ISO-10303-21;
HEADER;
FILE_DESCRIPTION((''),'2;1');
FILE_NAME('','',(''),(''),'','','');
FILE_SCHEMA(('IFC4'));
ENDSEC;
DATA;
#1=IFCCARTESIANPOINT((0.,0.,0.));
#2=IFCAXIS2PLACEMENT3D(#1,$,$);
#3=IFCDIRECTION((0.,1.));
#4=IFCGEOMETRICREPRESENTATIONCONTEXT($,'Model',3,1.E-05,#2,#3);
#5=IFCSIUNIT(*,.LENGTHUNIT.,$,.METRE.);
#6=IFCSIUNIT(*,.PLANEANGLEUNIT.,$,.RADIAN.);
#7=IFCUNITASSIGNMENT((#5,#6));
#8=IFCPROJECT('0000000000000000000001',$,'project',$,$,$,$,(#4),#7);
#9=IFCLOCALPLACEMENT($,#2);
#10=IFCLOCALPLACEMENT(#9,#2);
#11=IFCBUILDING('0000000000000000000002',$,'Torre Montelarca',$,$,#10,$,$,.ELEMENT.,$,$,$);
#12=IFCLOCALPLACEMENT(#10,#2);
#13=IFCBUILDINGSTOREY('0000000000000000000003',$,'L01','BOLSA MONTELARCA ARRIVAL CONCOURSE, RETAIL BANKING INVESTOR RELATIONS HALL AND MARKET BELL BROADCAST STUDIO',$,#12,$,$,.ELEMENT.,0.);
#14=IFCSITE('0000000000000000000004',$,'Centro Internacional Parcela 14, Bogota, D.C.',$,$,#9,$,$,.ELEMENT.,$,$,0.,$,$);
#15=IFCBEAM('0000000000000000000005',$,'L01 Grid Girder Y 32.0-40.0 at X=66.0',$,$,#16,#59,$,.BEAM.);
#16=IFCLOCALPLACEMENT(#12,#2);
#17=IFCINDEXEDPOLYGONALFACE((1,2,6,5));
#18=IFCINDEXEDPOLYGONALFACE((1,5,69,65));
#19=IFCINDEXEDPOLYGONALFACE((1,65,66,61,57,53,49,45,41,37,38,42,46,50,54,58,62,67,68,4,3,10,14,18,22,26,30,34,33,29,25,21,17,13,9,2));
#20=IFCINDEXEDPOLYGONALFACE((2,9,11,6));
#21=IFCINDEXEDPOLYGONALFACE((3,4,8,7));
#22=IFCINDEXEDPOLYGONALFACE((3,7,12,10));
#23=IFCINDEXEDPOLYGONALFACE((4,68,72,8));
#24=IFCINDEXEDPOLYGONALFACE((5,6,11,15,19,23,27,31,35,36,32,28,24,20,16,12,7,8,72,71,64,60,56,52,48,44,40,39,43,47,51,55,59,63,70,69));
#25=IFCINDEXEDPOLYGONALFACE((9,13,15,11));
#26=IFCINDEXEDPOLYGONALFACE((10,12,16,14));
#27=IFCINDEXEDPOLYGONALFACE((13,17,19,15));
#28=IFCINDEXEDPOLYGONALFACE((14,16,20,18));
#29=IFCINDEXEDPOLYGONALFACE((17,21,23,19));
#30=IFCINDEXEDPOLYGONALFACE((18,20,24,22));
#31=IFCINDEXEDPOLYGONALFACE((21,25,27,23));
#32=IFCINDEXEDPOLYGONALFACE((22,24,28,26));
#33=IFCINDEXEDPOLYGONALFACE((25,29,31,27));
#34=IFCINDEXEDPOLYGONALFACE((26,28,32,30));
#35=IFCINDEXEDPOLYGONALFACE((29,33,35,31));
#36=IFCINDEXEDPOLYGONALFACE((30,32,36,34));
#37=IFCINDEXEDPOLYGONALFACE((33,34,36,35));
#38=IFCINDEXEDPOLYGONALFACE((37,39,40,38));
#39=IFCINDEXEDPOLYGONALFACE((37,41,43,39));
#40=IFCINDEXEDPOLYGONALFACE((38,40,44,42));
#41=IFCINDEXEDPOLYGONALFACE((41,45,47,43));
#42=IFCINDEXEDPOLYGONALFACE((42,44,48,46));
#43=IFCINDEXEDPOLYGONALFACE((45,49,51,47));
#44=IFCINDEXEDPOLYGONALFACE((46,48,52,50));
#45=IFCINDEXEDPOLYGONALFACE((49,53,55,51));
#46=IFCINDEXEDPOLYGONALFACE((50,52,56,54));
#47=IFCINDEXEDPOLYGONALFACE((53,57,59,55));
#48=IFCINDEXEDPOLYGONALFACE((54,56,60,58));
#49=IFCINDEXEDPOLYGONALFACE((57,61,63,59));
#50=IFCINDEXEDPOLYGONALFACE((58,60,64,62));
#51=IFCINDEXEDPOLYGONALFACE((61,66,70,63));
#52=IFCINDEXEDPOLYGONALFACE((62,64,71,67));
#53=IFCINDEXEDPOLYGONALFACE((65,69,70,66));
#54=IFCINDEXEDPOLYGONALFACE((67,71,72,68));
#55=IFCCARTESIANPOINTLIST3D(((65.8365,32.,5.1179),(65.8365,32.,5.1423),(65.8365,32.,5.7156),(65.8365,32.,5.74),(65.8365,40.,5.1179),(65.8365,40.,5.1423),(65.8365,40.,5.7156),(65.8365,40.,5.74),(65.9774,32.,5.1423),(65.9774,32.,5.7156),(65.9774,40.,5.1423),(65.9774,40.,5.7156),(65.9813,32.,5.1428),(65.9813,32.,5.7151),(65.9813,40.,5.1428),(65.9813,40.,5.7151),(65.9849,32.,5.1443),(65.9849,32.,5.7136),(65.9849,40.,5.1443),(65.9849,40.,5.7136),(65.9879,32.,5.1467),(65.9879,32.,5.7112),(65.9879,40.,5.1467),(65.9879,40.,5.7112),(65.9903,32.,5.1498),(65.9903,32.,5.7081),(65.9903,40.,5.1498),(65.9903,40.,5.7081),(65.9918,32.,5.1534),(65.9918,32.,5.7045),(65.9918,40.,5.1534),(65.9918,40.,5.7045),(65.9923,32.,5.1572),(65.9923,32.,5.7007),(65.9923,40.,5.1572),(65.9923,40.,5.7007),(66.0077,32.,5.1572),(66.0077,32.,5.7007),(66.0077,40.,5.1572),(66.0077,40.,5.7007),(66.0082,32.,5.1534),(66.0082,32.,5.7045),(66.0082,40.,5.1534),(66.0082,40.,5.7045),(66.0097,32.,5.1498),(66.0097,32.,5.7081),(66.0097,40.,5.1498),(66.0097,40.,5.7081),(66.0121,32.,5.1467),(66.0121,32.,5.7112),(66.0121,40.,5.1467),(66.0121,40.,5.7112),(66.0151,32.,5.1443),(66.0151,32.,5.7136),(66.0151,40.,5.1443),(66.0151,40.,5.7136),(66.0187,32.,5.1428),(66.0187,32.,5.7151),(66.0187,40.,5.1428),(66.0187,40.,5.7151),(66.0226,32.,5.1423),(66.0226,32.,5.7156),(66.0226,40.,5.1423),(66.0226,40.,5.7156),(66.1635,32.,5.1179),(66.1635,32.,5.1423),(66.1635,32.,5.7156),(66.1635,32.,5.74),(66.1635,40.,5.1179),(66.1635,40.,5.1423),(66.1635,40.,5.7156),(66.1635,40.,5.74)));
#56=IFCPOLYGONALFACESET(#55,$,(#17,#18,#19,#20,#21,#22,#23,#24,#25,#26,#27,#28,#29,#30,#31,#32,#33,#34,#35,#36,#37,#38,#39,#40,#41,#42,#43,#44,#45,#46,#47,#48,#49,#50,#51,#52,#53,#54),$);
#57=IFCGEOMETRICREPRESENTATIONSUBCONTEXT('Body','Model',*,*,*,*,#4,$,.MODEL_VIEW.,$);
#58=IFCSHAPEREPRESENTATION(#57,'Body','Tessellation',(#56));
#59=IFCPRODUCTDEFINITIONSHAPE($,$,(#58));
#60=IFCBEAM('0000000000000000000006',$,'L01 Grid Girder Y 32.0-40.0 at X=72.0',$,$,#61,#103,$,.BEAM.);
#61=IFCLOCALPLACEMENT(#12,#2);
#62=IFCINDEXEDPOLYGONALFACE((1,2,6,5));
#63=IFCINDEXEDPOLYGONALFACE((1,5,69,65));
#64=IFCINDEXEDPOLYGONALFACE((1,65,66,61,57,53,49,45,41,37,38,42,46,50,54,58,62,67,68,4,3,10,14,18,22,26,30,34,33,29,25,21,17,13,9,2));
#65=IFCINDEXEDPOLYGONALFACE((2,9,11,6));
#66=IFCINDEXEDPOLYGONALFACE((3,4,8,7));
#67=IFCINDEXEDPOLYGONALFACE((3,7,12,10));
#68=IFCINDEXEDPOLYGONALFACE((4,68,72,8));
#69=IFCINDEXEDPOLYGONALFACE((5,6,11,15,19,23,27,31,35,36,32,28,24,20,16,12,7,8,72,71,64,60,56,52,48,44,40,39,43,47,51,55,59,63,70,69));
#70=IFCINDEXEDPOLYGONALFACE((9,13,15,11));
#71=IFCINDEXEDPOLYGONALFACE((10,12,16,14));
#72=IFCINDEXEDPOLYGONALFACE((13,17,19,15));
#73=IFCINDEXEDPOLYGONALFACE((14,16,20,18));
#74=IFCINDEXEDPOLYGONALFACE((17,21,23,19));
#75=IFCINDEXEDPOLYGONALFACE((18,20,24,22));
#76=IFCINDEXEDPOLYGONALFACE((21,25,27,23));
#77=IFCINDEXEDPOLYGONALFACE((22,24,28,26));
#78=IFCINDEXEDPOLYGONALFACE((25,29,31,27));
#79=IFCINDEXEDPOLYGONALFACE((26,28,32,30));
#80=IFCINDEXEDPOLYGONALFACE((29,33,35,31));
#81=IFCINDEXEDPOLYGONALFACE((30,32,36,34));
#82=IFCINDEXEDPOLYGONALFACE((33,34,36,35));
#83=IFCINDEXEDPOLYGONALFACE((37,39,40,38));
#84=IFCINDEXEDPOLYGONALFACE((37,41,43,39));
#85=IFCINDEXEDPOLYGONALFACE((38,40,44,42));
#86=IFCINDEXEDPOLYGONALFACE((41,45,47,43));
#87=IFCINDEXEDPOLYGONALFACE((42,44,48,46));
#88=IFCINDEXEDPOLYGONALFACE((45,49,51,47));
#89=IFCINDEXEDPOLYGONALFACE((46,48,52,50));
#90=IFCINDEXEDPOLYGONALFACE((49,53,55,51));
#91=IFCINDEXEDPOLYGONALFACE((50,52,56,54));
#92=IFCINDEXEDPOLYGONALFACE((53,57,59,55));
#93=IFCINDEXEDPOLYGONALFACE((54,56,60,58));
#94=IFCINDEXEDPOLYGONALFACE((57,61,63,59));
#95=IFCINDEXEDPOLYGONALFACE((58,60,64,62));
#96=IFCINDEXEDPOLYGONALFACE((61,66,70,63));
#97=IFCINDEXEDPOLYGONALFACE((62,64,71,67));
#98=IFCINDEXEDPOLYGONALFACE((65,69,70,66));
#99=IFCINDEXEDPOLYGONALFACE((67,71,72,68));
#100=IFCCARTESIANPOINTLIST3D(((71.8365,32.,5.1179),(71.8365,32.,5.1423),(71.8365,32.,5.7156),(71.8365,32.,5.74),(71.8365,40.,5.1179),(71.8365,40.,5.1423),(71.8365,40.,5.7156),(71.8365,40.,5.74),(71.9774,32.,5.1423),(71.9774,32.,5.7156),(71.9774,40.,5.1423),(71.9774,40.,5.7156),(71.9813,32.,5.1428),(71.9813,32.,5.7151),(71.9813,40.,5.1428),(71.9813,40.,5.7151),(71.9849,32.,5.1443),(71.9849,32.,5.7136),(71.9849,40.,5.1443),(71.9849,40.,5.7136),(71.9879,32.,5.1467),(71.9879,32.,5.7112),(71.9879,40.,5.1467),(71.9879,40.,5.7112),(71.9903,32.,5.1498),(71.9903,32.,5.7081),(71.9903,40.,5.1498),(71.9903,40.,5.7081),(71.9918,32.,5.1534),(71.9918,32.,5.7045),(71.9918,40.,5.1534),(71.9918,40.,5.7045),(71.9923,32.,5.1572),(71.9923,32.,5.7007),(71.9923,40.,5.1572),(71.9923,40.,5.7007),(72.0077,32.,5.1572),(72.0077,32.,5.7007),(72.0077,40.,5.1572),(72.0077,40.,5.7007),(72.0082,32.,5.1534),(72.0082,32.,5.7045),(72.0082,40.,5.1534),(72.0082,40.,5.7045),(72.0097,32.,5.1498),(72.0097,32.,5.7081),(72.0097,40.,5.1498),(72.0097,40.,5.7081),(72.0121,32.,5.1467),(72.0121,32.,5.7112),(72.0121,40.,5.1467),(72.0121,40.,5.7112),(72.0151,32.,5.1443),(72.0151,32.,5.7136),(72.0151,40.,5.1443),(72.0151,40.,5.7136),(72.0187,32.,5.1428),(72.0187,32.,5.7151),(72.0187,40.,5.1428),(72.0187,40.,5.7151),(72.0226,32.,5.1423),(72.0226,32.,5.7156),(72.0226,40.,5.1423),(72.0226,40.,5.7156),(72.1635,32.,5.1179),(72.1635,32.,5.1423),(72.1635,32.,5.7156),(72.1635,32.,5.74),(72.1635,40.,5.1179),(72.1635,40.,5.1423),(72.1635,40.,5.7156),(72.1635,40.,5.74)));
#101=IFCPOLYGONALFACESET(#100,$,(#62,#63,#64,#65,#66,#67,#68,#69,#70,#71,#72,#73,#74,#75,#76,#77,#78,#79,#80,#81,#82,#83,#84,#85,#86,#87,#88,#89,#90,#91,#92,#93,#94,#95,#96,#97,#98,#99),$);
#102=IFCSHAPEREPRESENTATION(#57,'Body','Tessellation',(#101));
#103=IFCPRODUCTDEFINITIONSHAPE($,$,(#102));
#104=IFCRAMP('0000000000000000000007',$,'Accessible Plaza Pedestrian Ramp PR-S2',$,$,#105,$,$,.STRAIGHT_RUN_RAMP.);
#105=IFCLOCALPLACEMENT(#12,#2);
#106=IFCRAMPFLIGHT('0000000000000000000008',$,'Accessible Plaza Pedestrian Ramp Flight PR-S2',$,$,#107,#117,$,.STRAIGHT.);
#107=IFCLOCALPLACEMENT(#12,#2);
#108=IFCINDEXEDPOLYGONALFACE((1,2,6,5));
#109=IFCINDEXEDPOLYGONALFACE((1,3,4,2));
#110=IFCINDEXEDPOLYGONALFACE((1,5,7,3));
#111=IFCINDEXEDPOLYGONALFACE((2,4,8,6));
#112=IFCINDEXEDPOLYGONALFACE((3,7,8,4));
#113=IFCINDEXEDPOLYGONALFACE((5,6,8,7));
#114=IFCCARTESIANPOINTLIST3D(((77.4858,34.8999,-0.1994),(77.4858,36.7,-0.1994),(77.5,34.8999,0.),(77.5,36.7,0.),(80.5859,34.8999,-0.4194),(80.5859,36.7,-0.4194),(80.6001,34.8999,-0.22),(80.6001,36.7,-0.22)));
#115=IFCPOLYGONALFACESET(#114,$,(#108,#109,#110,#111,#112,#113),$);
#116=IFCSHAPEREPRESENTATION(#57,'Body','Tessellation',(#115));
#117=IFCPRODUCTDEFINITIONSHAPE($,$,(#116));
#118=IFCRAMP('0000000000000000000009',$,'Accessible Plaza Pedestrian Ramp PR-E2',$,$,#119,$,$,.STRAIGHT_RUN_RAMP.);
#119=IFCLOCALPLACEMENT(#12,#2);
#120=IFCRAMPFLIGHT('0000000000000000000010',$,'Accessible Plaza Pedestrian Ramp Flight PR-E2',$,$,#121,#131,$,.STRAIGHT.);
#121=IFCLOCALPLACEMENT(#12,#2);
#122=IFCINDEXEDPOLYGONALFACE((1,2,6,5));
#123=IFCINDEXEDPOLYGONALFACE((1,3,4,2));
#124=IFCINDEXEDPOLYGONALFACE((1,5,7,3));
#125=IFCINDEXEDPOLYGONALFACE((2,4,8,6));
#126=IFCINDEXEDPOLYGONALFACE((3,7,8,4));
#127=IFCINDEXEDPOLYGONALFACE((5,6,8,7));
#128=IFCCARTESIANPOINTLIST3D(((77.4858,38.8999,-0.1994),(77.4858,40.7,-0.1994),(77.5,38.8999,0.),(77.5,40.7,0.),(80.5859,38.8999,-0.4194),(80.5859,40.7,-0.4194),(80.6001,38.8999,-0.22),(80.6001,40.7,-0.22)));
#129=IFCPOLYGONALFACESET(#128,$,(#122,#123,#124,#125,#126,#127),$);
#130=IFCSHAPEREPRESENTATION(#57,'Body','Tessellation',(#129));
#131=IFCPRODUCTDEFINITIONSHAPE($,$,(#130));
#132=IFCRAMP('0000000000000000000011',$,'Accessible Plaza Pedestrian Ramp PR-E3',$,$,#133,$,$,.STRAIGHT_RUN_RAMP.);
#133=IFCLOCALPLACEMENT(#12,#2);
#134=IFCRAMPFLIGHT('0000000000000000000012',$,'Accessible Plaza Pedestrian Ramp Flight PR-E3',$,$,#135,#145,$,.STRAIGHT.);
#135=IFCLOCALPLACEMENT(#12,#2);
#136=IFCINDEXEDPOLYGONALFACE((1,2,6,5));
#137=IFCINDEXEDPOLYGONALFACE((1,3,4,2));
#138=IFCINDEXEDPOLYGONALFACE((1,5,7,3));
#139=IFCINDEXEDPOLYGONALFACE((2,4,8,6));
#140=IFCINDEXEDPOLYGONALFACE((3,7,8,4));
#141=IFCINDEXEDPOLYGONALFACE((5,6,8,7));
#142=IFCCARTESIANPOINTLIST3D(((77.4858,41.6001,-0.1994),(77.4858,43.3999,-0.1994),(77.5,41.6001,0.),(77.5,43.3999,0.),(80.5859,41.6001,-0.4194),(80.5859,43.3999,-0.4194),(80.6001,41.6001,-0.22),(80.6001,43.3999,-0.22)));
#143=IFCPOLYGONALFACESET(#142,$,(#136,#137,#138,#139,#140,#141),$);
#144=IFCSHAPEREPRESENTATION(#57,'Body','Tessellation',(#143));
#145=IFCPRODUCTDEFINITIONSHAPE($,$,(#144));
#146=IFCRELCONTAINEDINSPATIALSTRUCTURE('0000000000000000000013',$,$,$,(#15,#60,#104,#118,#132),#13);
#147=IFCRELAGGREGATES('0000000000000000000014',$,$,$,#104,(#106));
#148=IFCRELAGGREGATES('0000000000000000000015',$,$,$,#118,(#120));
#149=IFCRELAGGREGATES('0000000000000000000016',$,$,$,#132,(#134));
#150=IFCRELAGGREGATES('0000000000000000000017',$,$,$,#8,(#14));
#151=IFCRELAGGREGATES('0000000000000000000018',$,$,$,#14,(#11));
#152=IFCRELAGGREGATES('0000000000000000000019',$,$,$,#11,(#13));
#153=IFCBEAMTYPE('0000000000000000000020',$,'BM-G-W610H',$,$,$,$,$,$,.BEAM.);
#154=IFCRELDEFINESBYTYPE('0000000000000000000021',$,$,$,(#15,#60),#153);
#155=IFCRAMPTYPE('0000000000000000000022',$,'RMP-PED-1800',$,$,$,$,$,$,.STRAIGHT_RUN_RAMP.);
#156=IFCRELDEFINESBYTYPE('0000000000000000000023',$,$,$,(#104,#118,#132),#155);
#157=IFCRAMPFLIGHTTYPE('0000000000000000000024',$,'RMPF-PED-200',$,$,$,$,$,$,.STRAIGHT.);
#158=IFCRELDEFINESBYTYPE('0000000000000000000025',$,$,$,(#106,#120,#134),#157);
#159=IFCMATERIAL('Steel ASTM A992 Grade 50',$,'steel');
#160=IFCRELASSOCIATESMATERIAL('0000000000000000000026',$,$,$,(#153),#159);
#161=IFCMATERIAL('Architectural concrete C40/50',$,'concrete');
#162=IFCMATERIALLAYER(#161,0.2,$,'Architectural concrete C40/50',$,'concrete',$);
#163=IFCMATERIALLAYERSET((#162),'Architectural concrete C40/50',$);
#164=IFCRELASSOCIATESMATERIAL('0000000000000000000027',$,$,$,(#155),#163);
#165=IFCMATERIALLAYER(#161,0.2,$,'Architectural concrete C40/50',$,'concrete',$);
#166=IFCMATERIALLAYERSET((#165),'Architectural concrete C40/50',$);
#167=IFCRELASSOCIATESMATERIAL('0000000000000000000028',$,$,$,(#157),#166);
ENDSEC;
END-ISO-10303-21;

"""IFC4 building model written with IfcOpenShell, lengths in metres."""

from ifc_helpers import new_model, si_unit, direction, frame, origin, origin_2d, place, context, subcontext, project, spatial, polyline, i_section, outline, extrude, source, transform, mapped, material, layer, layer_set, material_profile, profile_set, type_object, element, aggregate, save


model = new_model("IFC4")

# Units and contexts
model_context = context("Model", 3, precision=1e-05, world=origin(), true_north=direction((0.0, 1.0)))
body_context = subcontext(model_context, "Body", "Model", "MODEL_VIEW")
ifc_project = project(units=[si_unit("LENGTHUNIT", "METRE"), si_unit("PLANEANGLEUNIT", "RADIAN")], contexts=[model_context])

# Site, building, storey
site_placement = place(None, origin())
site = spatial("IfcSite", under=ifc_project, at=site_placement, Name="Centro Internacional Parcela 14, Bogota, D.C.", CompositionType="ELEMENT", RefElevation=0.0)
building_placement = place(site_placement, origin())
building = spatial("IfcBuilding", under=site, at=building_placement, Name="Torre Montelarca", CompositionType="ELEMENT")
storey_placement = place(building_placement, origin())
storey = spatial("IfcBuildingStorey", under=building, at=storey_placement, Name="L01", Description="BOLSA MONTELARCA ARRIVAL CONCOURSE, RETAIL BANKING INVESTOR RELATIONS HALL AND MARKET BELL BROADCAST STUDIO", CompositionType="ELEMENT", Elevation=0.0)

# Shared definitions
ifc_material_1 = material(Name="Steel ASTM A992 Grade 50", Category="steel")

# Beams
ifc_material_profile_1 = material_profile(ifc_material_1, i_section(OverallWidth=0.3269, OverallDepth=0.6221, WebThickness=0.0154, FlangeThickness=0.0244, FilletRadius=0.0149, at=origin_2d()), Name="W610X195", Category="steel")
ifc_profile_set_1 = profile_set([ifc_material_profile_1], Name="Steel ASTM A992 Grade 50")
beam_type_1 = type_object("IfcBeamType", Name="BM-G-W610H", PredefinedType="BEAM", material=ifc_profile_set_1)
shared_shape_1 = source(origin(), body_context, "Body", "SweptSolid", [
    extrude(i_section(OverallWidth=0.3269, OverallDepth=0.6221, WebThickness=0.0154, FlangeThickness=0.0244, FilletRadius=0.0149, at=origin_2d()), origin(), (0.0, 0.0, 1.0), 8.0),
])
for number, where, z_axis, x_axis, name in (
    (1, (66.0, 32.0, 5.429), (0.0, 1.0, 0.0), (-1.0, 0.0, 0.0), "L01 Grid Girder Y 32.0-40.0 at X=66.0"),
    (2, (72.0, 32.0, 5.429), (0.0, 1.0, 0.0), (-1.0, 0.0, 0.0), "L01 Grid Girder Y 32.0-40.0 at X=72.0"),
):
    element("IfcBeam", number, at=place(storey_placement, frame(where, z_axis=z_axis, x_axis=x_axis)), inside=storey, type_object=beam_type_1, Name=name, PredefinedType="BEAM", context=body_context, shape_type="MappedRepresentation", body=[
        mapped(shared_shape_1, transform((0.0, 0.0, 0.0), scale=1.0)),
    ])

# Ramps, ramp flights
ifc_material_2 = material(Name="Architectural concrete C40/50", Category="concrete")
ifc_layer_1 = layer(ifc_material_2, 0.2, Name="Architectural concrete C40/50", Category="concrete")
ifc_layer_set_1 = layer_set([ifc_layer_1], Name="Architectural concrete C40/50")
ramp_type = type_object("IfcRampType", Name="RMP-PED-1800", PredefinedType="STRAIGHT_RUN_RAMP", material=ifc_layer_set_1)
ramp_1_placement = place(storey_placement, origin())
ramp_1 = element("IfcRamp", 3, at=ramp_1_placement, inside=storey, type_object=ramp_type, Name="Accessible Plaza Pedestrian Ramp PR-S2", PredefinedType="STRAIGHT_RUN_RAMP")
ifc_layer_2 = layer(ifc_material_2, 0.2, Name="Architectural concrete C40/50", Category="concrete")
ifc_layer_set_2 = layer_set([ifc_layer_2], Name="Architectural concrete C40/50")
ramp_flight_type = type_object("IfcRampFlightType", Name="RMPF-PED-200", PredefinedType="STRAIGHT", material=ifc_layer_set_2)
ramp_flight_1_placement = place(storey_placement, frame((80.6001, 34.8999, -0.22), z_axis=(0.070778, 0.0, 0.997492), x_axis=(-0.997492, 0.0, 0.070778)))
ramp_flight_1 = element("IfcRampFlight", 4, at=ramp_flight_1_placement, type_object=ramp_flight_type, Name="Accessible Plaza Pedestrian Ramp Flight PR-S2", PredefinedType="STRAIGHT", context=body_context, shape_type="SweptSolid", body=[
    extrude(outline(polyline([(0.0, 0.0), (3.1079, 0.0), (3.1079, -1.8), (0.0, -1.8), (0.0, 0.0)])), origin(), (0.0, 0.0, -1.0), 0.2),
])
aggregate(ramp_1, [ramp_flight_1])
ramp_2_placement = place(storey_placement, origin())
ramp_2 = element("IfcRamp", 5, at=ramp_2_placement, inside=storey, type_object=ramp_type, Name="Accessible Plaza Pedestrian Ramp PR-E2", PredefinedType="STRAIGHT_RUN_RAMP")
ramp_flight_2_placement = place(storey_placement, frame((80.6001, 38.8999, -0.22), z_axis=(0.070778, 0.0, 0.997492), x_axis=(-0.997492, 0.0, 0.070778)))
ramp_flight_2 = element("IfcRampFlight", 6, at=ramp_flight_2_placement, type_object=ramp_flight_type, Name="Accessible Plaza Pedestrian Ramp Flight PR-E2", PredefinedType="STRAIGHT", context=body_context, shape_type="SweptSolid", body=[
    extrude(outline(polyline([(0.0, 0.0), (3.1079, 0.0), (3.1079, -1.8), (0.0, -1.8), (0.0, 0.0)])), origin(), (0.0, 0.0, -1.0), 0.2),
])
aggregate(ramp_2, [ramp_flight_2])
ramp_3_placement = place(storey_placement, origin())
ramp_3 = element("IfcRamp", 7, at=ramp_3_placement, inside=storey, type_object=ramp_type, Name="Accessible Plaza Pedestrian Ramp PR-E3", PredefinedType="STRAIGHT_RUN_RAMP")
ramp_flight_3_placement = place(storey_placement, frame((80.6001, 41.6001, -0.22), z_axis=(0.070778, 0.0, 0.997492), x_axis=(-0.997492, 0.0, 0.070778)))
ramp_flight_3 = element("IfcRampFlight", 8, at=ramp_flight_3_placement, type_object=ramp_flight_type, Name="Accessible Plaza Pedestrian Ramp Flight PR-E3", PredefinedType="STRAIGHT", context=body_context, shape_type="SweptSolid", body=[
    extrude(outline(polyline([(0.0, 0.0), (3.1079, 0.0), (3.1079, -1.7998), (0.0, -1.7998), (0.0, 0.0)])), origin(), (0.0, 0.0, -1.0), 0.2),
])
aggregate(ramp_3, [ramp_flight_3])

save(model, "model.ifc")
